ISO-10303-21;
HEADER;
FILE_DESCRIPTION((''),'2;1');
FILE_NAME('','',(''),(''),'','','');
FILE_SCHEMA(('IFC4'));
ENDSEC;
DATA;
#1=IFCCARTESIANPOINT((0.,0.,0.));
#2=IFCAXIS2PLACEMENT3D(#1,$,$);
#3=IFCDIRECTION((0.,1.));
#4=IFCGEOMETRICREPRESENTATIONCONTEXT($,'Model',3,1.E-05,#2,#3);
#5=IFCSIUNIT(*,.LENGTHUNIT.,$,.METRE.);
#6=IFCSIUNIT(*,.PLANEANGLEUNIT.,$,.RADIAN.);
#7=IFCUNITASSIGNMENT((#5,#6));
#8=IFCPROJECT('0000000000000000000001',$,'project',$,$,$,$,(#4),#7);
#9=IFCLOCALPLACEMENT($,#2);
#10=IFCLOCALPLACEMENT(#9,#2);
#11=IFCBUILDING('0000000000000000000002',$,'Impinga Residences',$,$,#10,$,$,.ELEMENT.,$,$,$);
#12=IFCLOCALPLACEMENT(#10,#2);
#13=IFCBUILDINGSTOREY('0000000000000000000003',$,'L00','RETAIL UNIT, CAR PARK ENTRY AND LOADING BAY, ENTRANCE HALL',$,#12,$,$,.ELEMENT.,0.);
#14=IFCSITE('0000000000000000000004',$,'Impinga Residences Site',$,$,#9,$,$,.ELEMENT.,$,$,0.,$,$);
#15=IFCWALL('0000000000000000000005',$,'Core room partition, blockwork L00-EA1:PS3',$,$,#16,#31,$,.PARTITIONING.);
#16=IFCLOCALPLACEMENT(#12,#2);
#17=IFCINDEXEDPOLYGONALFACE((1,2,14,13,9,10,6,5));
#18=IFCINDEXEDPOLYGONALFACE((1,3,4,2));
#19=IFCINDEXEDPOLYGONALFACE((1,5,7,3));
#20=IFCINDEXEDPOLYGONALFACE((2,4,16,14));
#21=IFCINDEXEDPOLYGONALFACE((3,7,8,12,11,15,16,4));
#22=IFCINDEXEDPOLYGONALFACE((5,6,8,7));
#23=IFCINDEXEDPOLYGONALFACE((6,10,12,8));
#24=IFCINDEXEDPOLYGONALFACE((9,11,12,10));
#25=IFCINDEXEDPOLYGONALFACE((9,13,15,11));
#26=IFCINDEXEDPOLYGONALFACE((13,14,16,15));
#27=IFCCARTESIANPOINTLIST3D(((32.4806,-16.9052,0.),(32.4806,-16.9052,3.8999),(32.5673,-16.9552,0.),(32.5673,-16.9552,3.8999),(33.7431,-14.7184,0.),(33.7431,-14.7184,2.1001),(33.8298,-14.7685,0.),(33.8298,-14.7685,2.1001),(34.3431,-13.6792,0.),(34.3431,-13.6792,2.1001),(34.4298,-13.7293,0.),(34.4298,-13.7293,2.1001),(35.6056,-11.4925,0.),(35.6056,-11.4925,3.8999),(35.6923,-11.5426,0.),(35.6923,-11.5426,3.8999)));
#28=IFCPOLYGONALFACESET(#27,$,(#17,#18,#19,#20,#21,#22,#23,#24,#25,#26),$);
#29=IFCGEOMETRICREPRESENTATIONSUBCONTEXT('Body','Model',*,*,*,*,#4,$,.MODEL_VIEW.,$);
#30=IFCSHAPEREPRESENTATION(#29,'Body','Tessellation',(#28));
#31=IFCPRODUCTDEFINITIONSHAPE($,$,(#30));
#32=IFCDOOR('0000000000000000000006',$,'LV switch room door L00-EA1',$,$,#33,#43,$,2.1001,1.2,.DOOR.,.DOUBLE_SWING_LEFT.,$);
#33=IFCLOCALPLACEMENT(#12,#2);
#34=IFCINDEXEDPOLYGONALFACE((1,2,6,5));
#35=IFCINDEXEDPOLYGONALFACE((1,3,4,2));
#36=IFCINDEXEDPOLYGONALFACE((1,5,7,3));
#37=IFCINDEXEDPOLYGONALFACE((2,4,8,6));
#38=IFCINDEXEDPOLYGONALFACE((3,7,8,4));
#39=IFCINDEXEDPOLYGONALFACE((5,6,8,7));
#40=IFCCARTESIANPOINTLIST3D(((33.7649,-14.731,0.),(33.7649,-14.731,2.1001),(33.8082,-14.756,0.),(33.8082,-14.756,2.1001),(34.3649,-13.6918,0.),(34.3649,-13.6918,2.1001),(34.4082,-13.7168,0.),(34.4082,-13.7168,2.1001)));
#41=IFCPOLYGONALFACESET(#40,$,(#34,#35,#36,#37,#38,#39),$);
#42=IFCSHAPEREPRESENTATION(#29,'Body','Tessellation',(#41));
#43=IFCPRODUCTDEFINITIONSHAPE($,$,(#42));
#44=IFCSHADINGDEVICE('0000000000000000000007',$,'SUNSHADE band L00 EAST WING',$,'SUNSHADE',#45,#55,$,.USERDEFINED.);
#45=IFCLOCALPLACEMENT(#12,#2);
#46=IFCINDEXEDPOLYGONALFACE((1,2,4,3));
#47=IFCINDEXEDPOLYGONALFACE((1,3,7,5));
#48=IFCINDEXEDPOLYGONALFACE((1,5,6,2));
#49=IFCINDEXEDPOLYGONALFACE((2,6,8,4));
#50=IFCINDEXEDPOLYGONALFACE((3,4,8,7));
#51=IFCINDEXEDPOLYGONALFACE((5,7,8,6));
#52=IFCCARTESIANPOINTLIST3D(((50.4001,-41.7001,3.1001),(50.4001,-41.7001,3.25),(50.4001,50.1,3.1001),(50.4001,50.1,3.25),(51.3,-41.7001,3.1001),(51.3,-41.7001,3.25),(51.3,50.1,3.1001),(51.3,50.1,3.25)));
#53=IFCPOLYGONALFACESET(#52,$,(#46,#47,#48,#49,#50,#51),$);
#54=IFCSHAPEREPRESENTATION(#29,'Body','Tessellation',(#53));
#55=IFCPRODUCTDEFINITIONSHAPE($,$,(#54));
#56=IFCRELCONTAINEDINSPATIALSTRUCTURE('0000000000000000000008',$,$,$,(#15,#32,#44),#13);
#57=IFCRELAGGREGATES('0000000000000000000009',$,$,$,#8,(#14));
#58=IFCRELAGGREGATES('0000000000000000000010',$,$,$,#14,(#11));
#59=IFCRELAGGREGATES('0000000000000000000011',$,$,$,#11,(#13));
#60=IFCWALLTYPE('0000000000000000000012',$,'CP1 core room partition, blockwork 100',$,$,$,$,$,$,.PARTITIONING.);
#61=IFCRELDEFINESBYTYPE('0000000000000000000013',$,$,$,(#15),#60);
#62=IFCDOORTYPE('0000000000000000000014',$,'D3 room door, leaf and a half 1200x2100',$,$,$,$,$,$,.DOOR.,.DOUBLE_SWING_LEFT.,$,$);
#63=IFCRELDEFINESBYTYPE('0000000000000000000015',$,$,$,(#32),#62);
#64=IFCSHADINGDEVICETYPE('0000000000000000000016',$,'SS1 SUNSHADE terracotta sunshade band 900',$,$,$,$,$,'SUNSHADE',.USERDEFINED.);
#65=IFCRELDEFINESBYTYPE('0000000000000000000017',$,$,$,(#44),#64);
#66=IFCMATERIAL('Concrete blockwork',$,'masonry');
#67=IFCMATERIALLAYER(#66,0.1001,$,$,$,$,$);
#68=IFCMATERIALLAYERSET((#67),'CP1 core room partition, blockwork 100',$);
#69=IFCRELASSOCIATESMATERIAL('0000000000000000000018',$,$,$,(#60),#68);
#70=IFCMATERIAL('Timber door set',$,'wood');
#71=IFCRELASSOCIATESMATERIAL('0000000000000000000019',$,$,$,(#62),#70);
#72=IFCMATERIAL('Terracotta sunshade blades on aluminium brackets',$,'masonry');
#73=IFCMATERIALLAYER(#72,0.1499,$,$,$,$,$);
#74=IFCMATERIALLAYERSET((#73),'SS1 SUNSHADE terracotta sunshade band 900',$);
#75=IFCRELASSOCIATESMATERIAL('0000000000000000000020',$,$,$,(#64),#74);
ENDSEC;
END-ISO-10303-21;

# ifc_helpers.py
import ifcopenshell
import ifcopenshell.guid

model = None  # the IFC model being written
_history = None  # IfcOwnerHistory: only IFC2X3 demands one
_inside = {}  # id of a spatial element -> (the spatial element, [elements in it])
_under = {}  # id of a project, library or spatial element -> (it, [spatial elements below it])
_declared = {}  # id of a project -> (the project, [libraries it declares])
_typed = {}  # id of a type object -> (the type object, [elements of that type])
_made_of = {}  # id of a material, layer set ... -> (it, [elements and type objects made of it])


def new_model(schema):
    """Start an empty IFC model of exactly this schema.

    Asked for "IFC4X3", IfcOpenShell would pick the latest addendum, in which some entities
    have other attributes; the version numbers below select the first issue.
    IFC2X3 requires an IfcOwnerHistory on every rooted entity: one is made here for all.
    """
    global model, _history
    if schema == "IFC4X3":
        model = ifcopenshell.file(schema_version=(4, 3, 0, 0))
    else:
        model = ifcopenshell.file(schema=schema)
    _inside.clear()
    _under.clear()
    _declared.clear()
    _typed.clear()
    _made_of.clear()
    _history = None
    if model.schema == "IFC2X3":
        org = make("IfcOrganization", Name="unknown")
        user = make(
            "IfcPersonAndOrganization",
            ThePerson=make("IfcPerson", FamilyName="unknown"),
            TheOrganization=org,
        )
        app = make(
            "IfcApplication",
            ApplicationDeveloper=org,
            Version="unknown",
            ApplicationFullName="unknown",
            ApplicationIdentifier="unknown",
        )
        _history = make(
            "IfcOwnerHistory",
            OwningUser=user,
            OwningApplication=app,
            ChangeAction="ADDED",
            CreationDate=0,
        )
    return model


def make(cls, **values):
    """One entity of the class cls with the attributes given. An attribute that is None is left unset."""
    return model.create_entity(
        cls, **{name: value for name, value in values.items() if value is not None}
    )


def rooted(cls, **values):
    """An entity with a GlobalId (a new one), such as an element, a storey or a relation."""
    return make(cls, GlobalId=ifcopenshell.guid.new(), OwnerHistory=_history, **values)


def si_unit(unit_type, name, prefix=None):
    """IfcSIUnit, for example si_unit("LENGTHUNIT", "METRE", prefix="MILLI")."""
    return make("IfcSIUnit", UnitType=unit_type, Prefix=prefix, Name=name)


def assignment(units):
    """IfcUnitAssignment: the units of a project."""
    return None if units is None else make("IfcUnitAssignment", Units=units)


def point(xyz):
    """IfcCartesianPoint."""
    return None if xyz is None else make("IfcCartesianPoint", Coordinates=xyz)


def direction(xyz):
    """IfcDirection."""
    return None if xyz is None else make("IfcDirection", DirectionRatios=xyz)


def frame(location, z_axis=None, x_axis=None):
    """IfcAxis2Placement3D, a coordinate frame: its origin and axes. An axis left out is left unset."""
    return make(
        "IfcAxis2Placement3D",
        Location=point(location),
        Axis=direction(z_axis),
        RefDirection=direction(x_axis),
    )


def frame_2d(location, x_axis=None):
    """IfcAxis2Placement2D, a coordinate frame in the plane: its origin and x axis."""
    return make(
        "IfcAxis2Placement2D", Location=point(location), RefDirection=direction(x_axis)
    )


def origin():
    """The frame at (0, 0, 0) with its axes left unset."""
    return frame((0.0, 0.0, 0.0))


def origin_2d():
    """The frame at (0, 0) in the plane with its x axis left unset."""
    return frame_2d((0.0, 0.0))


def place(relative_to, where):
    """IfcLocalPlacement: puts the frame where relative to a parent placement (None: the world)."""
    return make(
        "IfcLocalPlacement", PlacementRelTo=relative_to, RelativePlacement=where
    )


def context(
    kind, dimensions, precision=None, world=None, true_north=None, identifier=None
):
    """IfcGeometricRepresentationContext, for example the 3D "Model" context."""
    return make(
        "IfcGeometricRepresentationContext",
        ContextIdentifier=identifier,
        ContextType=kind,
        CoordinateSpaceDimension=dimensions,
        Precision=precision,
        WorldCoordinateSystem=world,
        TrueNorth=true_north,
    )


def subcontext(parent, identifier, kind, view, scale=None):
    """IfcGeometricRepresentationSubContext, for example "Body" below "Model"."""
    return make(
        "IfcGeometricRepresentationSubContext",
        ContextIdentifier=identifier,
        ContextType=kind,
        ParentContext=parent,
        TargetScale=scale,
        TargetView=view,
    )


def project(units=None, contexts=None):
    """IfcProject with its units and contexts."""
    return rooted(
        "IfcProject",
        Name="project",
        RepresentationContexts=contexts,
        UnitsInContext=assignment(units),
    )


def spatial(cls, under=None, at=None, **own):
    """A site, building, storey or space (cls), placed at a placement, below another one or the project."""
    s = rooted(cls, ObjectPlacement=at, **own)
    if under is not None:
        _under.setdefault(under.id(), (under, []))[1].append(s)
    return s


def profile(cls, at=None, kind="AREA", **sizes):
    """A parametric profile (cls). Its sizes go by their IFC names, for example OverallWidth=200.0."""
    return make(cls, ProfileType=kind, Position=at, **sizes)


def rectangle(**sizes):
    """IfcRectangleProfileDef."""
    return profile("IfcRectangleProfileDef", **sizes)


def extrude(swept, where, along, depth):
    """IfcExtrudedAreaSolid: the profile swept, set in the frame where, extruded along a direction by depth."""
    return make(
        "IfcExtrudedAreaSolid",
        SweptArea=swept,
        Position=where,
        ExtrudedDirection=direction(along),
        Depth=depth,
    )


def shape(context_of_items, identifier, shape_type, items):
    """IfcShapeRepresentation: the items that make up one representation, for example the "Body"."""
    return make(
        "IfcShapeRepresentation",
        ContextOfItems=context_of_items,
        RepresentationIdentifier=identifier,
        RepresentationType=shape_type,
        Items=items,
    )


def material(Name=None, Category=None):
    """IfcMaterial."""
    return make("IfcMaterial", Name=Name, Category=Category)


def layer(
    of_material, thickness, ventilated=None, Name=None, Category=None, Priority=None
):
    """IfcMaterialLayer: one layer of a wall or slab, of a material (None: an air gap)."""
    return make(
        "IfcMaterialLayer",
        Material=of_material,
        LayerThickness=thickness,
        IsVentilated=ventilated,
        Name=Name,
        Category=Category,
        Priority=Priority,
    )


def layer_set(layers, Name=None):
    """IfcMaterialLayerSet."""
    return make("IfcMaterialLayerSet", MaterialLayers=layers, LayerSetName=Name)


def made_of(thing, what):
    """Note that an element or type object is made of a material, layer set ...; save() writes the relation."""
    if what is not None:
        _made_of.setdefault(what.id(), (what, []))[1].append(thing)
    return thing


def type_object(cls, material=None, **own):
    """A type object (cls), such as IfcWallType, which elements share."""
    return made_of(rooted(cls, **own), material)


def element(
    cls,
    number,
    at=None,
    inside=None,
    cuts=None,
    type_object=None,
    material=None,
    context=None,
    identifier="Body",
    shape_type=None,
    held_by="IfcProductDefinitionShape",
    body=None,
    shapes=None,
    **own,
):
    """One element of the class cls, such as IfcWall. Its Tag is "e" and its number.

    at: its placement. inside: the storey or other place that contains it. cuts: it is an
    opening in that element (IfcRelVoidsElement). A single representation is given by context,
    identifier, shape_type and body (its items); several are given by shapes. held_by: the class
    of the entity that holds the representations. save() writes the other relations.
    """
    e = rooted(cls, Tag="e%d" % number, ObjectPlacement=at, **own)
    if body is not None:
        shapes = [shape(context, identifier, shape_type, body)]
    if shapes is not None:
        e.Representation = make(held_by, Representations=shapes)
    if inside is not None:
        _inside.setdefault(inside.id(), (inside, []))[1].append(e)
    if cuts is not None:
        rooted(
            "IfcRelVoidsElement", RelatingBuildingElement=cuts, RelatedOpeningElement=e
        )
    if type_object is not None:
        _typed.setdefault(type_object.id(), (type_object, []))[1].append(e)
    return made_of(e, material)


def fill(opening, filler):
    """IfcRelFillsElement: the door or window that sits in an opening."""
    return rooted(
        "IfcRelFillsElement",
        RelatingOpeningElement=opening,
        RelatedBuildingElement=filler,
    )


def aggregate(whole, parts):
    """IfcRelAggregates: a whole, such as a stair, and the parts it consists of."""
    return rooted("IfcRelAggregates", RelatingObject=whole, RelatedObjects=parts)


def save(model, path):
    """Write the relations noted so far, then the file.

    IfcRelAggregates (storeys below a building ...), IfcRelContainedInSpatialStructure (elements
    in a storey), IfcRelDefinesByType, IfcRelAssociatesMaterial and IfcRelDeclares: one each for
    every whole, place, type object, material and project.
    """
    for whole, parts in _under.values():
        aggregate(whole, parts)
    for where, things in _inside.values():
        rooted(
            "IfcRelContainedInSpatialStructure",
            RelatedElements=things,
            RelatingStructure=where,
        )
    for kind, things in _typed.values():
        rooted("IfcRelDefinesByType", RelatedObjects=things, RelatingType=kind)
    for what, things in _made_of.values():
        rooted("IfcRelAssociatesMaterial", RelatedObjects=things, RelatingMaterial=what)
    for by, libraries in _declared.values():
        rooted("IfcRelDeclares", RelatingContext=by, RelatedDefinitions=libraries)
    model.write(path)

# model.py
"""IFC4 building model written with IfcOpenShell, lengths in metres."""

from ifc_helpers import new_model, si_unit, direction, frame, frame_2d, origin, origin_2d, place, context, subcontext, project, spatial, rectangle, extrude, material, layer, layer_set, type_object, element, fill, save


model = new_model("IFC4")

# Units and contexts
model_context = context("Model", 3, precision=1e-05, world=origin(), true_north=direction((0.0, 1.0)))
body_context = subcontext(model_context, "Body", "Model", "MODEL_VIEW")
ifc_project = project(units=[si_unit("LENGTHUNIT", "METRE"), si_unit("PLANEANGLEUNIT", "RADIAN")], contexts=[model_context])

# Site, building, storey
site_placement = place(None, origin())
site = spatial("IfcSite", under=ifc_project, at=site_placement, Name="Impinga Residences Site", CompositionType="ELEMENT", RefElevation=0.0)
building_placement = place(site_placement, origin())
building = spatial("IfcBuilding", under=site, at=building_placement, Name="Impinga Residences", CompositionType="ELEMENT")
storey_placement = place(building_placement, origin())
storey = spatial("IfcBuildingStorey", under=building, at=storey_placement, Name="L00", Description="RETAIL UNIT, CAR PARK ENTRY AND LOADING BAY, ENTRANCE HALL", CompositionType="ELEMENT", Elevation=0.0)

# Wall, opening, door
ifc_material_1 = material(Name="Concrete blockwork", Category="masonry")
ifc_layer_1 = layer(ifc_material_1, 0.1001)
ifc_layer_set_1 = layer_set([ifc_layer_1], Name="CP1 core room partition, blockwork 100")
wall_type = type_object("IfcWallType", Name="CP1 core room partition, blockwork 100", PredefinedType="PARTITIONING", material=ifc_layer_set_1)
wall_placement = place(storey_placement, frame((32.5239, -16.9302, 0.0), z_axis=(0.0, 0.0, 1.0), x_axis=(0.500004, 0.866023, 0.0)))
wall = element("IfcWall", 1, at=wall_placement, inside=storey, type_object=wall_type, Name="Core room partition, blockwork L00-EA1:PS3", PredefinedType="PARTITIONING", context=body_context, shape_type="SweptSolid", body=[
    extrude(rectangle(XDim=6.25, YDim=0.1001, at=frame_2d((3.125, 0.0))), origin(), (0.0, 0.0, 1.0), 3.8999),
])
opening_placement = place(wall_placement, frame((2.5249, 0.0, 0.0)))
opening = element("IfcOpeningElement", 2, at=opening_placement, cuts=wall, PredefinedType="OPENING", context=body_context, shape_type="SweptSolid", body=[
    extrude(rectangle(XDim=1.2, YDim=2.1001, at=frame_2d((0.6001, 1.05))), frame((0.0, 0.0601, 0.0), z_axis=(0.0, -1.0, 0.0), x_axis=(1.0, 0.0, 0.0)), (0.0, 0.0, 1.0), 0.1201),
])
ifc_material_2 = material(Name="Timber door set", Category="wood")
door_type = type_object("IfcDoorType", Name="D3 room door, leaf and a half 1200x2100", OperationType="DOUBLE_SWING_LEFT", PredefinedType="DOOR", material=ifc_material_2)
door_placement = place(opening_placement, origin())
door = element("IfcDoor", 3, at=door_placement, inside=storey, type_object=door_type, Name="LV switch room door L00-EA1", OperationType="DOUBLE_SWING_LEFT", OverallHeight=2.1001, OverallWidth=1.2, PredefinedType="DOOR", context=body_context, shape_type="SweptSolid", body=[
    extrude(rectangle(XDim=1.2, YDim=2.1001, at=frame_2d((0.6001, 1.05))), frame((0.0, 0.0249, 0.0), z_axis=(0.0, -1.0, 0.0), x_axis=(1.0, 0.0, 0.0)), (0.0, 0.0, 1.0), 0.05),
])
fill(opening, door)

# Shading device
ifc_material_3 = material(Name="Terracotta sunshade blades on aluminium brackets", Category="masonry")
ifc_layer_2 = layer(ifc_material_3, 0.1499)
ifc_layer_set_2 = layer_set([ifc_layer_2], Name="SS1 SUNSHADE terracotta sunshade band 900")
shading_device_type = type_object("IfcShadingDeviceType", Name="SS1 SUNSHADE terracotta sunshade band 900", ElementType="SUNSHADE", PredefinedType="USERDEFINED", material=ifc_layer_set_2)
shading_device_placement = place(storey_placement, frame((50.8501, 4.2, 3.1001), z_axis=(0.0, 0.0, 1.0), x_axis=(0.0, -1.0, 0.0)))
element("IfcShadingDevice", 4, at=shading_device_placement, inside=storey, type_object=shading_device_type, Name="SUNSHADE band L00 EAST WING", ObjectType="SUNSHADE", PredefinedType="USERDEFINED", context=body_context, shape_type="SweptSolid", body=[
    extrude(rectangle(XDim=91.8, YDim=0.8999, at=origin_2d()), origin(), (0.0, 0.0, 1.0), 0.1499),
])

save(model, "model.ifc")
